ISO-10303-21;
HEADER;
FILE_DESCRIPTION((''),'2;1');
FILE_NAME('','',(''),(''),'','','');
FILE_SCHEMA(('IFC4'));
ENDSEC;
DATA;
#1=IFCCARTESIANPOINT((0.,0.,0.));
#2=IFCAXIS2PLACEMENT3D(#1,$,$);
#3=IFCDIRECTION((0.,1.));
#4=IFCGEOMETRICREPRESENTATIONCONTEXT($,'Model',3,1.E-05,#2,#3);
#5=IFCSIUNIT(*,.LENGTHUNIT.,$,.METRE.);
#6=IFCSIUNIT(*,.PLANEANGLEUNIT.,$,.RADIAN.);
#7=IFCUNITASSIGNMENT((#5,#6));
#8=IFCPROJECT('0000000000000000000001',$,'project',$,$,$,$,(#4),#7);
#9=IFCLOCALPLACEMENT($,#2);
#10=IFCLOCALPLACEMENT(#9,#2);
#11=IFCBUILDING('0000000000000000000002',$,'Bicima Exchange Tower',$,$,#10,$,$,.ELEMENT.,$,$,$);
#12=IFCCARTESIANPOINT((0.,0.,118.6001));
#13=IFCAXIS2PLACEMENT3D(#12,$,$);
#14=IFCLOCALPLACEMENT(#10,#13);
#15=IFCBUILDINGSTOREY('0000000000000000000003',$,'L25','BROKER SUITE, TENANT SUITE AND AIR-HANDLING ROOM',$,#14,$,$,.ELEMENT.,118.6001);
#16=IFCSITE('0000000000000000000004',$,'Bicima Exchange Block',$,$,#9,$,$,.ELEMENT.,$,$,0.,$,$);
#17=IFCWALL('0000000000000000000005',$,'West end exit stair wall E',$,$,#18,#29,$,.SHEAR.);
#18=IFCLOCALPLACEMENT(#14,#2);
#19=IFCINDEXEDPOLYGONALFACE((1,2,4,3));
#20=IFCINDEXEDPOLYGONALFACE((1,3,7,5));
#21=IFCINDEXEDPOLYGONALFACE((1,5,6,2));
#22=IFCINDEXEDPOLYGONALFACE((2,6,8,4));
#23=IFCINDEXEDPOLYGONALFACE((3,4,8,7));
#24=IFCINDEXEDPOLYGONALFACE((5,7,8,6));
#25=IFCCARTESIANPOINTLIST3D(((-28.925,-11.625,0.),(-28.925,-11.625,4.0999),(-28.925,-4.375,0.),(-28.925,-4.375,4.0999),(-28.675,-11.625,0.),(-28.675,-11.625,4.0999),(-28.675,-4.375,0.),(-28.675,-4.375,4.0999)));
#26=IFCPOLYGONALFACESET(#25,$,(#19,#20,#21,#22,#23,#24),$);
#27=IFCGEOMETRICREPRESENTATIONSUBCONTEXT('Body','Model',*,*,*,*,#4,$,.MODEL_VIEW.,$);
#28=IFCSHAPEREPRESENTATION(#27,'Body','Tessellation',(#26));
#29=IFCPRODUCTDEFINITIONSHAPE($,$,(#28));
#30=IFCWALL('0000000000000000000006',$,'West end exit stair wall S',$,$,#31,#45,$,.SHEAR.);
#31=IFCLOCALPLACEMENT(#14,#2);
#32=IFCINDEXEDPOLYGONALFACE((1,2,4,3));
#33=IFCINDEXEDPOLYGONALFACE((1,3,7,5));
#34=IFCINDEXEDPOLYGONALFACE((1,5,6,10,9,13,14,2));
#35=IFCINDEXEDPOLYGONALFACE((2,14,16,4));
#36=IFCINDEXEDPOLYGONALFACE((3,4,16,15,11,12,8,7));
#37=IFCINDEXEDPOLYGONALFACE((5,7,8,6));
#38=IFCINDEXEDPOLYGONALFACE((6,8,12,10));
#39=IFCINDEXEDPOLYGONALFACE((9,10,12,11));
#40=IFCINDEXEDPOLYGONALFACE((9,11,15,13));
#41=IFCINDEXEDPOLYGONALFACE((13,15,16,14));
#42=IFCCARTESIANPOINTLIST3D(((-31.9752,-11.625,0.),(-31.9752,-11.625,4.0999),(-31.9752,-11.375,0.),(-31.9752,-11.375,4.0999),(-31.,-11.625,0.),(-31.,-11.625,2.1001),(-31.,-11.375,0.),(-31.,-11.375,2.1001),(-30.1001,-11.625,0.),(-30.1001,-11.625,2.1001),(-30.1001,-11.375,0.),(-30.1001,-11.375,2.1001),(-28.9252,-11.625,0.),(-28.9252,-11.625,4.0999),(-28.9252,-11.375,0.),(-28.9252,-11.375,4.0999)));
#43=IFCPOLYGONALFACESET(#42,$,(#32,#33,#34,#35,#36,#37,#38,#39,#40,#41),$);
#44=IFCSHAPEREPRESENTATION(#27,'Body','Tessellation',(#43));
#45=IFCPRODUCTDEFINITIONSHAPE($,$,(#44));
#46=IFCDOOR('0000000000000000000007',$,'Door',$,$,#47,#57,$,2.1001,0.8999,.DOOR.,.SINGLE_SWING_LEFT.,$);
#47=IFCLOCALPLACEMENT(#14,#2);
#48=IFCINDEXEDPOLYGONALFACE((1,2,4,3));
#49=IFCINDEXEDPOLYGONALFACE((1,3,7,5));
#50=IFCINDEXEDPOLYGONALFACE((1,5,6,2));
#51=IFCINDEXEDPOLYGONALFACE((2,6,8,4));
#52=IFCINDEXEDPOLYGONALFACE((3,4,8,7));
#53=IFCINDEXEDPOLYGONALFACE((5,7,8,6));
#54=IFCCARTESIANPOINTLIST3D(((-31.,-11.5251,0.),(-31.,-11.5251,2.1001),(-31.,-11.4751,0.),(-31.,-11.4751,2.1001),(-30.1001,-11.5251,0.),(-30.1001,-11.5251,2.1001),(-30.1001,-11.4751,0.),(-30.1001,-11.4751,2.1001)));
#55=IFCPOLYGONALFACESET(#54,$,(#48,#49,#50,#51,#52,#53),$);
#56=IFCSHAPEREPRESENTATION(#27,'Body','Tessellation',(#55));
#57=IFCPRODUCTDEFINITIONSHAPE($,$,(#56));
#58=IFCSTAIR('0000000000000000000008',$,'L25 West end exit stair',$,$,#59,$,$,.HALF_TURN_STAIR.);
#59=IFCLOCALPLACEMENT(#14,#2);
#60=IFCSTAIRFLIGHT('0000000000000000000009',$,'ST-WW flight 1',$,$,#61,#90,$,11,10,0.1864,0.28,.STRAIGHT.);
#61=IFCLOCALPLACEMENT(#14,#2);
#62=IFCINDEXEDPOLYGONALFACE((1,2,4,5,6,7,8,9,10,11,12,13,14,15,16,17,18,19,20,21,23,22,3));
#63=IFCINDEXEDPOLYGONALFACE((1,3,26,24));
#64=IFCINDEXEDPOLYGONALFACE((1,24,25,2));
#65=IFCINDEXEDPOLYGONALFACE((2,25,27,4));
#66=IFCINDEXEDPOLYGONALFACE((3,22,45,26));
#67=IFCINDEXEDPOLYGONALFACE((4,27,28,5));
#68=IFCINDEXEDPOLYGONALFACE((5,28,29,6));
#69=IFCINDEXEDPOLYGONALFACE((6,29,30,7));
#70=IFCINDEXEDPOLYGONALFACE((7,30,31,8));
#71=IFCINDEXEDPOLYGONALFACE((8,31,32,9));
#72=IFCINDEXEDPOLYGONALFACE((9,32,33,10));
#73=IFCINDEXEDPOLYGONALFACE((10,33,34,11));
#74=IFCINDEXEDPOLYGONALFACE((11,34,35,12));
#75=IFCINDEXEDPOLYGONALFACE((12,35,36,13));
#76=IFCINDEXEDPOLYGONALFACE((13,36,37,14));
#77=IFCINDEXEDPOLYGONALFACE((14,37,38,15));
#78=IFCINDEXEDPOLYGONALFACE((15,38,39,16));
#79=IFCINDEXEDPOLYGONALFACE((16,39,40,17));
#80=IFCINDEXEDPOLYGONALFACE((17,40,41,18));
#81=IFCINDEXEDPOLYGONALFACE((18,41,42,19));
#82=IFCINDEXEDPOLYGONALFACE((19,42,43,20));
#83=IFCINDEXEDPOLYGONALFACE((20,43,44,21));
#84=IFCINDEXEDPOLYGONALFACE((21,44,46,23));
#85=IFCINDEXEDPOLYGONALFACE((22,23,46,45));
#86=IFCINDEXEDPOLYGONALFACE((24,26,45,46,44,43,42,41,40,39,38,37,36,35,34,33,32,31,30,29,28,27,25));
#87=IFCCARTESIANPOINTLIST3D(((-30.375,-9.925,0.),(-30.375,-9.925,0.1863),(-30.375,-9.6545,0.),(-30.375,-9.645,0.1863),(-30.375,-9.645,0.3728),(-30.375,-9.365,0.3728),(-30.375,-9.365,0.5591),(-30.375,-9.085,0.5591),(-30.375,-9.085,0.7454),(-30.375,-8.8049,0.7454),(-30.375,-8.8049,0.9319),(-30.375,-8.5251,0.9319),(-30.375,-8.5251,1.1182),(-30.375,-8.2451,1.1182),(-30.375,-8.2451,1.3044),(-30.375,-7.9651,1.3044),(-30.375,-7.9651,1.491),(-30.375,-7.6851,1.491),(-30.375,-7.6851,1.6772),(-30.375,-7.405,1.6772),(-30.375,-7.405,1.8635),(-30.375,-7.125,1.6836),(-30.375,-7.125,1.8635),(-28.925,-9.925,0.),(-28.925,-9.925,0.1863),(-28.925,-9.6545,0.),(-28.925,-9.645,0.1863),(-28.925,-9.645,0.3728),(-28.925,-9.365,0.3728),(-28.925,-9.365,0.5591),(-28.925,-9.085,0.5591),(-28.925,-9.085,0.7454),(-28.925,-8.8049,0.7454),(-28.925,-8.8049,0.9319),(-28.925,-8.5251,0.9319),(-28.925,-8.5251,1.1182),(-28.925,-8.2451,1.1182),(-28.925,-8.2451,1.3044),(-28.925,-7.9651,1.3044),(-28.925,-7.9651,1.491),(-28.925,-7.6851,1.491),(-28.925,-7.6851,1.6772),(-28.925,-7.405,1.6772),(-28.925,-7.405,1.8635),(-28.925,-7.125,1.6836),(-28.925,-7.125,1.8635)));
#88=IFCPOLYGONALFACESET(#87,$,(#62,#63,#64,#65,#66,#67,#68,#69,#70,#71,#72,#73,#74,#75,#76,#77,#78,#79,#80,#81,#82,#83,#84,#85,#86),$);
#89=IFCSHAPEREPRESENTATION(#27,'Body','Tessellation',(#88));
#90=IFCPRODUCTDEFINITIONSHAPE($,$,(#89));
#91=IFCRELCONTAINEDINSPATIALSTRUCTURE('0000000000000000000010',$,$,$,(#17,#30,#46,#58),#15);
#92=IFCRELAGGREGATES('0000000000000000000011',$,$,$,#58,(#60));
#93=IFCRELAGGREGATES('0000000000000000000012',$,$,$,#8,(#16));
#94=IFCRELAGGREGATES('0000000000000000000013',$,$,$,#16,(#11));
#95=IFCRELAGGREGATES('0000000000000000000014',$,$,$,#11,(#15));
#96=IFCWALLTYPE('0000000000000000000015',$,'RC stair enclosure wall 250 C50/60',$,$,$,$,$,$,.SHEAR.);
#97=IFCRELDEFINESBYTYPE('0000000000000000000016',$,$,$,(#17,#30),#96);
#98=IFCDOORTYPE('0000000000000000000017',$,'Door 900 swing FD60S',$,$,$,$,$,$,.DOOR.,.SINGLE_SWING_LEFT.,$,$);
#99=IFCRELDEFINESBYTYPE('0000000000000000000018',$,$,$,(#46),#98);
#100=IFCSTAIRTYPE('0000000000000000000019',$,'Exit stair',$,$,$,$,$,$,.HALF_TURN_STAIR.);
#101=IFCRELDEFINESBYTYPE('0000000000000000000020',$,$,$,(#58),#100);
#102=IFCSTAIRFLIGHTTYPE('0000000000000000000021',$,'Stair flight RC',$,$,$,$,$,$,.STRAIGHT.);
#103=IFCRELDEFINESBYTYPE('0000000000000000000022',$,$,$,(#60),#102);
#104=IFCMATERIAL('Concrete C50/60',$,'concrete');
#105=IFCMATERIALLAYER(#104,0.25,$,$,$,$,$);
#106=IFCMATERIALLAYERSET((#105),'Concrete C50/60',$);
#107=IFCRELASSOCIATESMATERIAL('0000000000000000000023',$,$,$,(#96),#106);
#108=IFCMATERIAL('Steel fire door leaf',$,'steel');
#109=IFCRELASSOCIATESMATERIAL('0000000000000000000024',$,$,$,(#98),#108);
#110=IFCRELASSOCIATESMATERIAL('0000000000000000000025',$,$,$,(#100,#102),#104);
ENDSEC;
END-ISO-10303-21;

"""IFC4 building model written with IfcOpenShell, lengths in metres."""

from ifc_helpers import new_model, si_unit, direction, frame, frame_2d, origin, place, context, subcontext, project, spatial, polyline, rectangle, outline, extrude, material, layer, layer_set, type_object, element, fill, aggregate, save


model = new_model("IFC4")

# Units and contexts
model_context = context("Model", 3, precision=1e-05, world=origin(), true_north=direction((0.0, 1.0)))
body_context = subcontext(model_context, "Body", "Model", "MODEL_VIEW")
ifc_project = project(units=[si_unit("LENGTHUNIT", "METRE"), si_unit("PLANEANGLEUNIT", "RADIAN")], contexts=[model_context])

# Site, building, storey
site_placement = place(None, origin())
site = spatial("IfcSite", under=ifc_project, at=site_placement, Name="Bicima Exchange Block", CompositionType="ELEMENT", RefElevation=0.0)
building_placement = place(site_placement, origin())
building = spatial("IfcBuilding", under=site, at=building_placement, Name="Bicima Exchange Tower", CompositionType="ELEMENT")
storey_placement = place(building_placement, frame((0.0, 0.0, 118.6001)))
storey = spatial("IfcBuildingStorey", under=building, at=storey_placement, Name="L25", Description="BROKER SUITE, TENANT SUITE AND AIR-HANDLING ROOM", CompositionType="ELEMENT", Elevation=118.6001)

# Shared definitions
ifc_material_1 = material(Name="Steel fire door leaf", Category="steel")

# Wall
ifc_material_2 = material(Name="Concrete C50/60", Category="concrete")
ifc_layer_1 = layer(ifc_material_2, 0.25)
ifc_layer_set_1 = layer_set([ifc_layer_1], Name="Concrete C50/60")
wall_type_1 = type_object("IfcWallType", Name="RC stair enclosure wall 250 C50/60", PredefinedType="SHEAR", material=ifc_layer_set_1)
wall_1_placement = place(storey_placement, frame((-28.8, -11.625, 0.0), z_axis=(0.0, 0.0, 1.0), x_axis=(0.0, 1.0, 0.0)))
element("IfcWall", 1, at=wall_1_placement, inside=storey, type_object=wall_type_1, Name="West end exit stair wall E", PredefinedType="SHEAR", context=body_context, shape_type="SweptSolid", body=[
    extrude(rectangle(XDim=7.25, YDim=0.25, at=frame_2d((3.625, 0.0))), origin(), (0.0, 0.0, 1.0), 4.0999),
])

# Wall, opening, door
wall_2_placement = place(storey_placement, frame((-31.9751, -11.5, 0.0), z_axis=(0.0, 0.0, 1.0), x_axis=(1.0, 0.0, 0.0)))
wall_2 = element("IfcWall", 2, at=wall_2_placement, inside=storey, type_object=wall_type_1, Name="West end exit stair wall S", PredefinedType="SHEAR", context=body_context, shape_type="SweptSolid", body=[
    extrude(rectangle(XDim=3.05, YDim=0.25, at=frame_2d((1.5249, 0.0))), origin(), (0.0, 0.0, 1.0), 4.0999),
])
opening_1_placement = place(wall_2_placement, frame((0.9751, 0.0, 0.0)))
opening_1 = element("IfcOpeningElement", 3, at=opening_1_placement, cuts=wall_2, PredefinedType="OPENING", context=body_context, shape_type="SweptSolid", body=[
    extrude(rectangle(XDim=0.8999, YDim=2.1001, at=frame_2d((0.45, 1.05))), frame((0.0, 0.137, 0.0), z_axis=(0.0, -1.0, 0.0), x_axis=(1.0, 0.0, 0.0)), (0.0, 0.0, 1.0), 0.2739),
])
door_type_1 = type_object("IfcDoorType", Name="Door 900 swing FD60S", OperationType="SINGLE_SWING_LEFT", PredefinedType="DOOR", material=ifc_material_1)
door_1_placement = place(opening_1_placement, origin())
door_1 = element("IfcDoor", 4, at=door_1_placement, inside=storey, type_object=door_type_1, Name="Door", OperationType="SINGLE_SWING_LEFT", OverallHeight=2.1001, OverallWidth=0.8999, PredefinedType="DOOR", context=body_context, shape_type="SweptSolid", body=[
    extrude(rectangle(XDim=0.8999, YDim=2.1001, at=frame_2d((0.45, 1.05))), frame((0.0, 0.0249, 0.0), z_axis=(0.0, -1.0, 0.0), x_axis=(1.0, 0.0, 0.0)), (0.0, 0.0, 1.0), 0.05),
])
fill(opening_1, door_1)

# Stair, stair flight
stair_type = type_object("IfcStairType", Name="Exit stair", PredefinedType="HALF_TURN_STAIR", material=ifc_material_2)
stair_placement = place(storey_placement, origin())
stair = element("IfcStair", 5, at=stair_placement, inside=storey, type_object=stair_type, Name="L25 West end exit stair", PredefinedType="HALF_TURN_STAIR")
stair_flight_type = type_object("IfcStairFlightType", Name="Stair flight RC", PredefinedType="STRAIGHT", material=ifc_material_2)
stair_flight_placement = place(storey_placement, frame((-29.6499, -9.925, 0.0), z_axis=(0.0, 0.0, 1.0), x_axis=(0.0, 1.0, 0.0)))
stair_flight = element("IfcStairFlight", 6, at=stair_flight_placement, type_object=stair_flight_type, Name="ST-WW flight 1", NumberOfRisers=11, NumberOfTreads=10, PredefinedType="STRAIGHT", RiserHeight=0.1864, TreadLength=0.28, context=body_context, shape_type="SweptSolid", body=[
    extrude(outline(polyline([(0.0, 0.0), (0.0, 0.1863), (0.28, 0.1863), (0.28, 0.3728), (0.5601, 0.3728), (0.5601, 0.5591), (0.8401, 0.5591), (0.8401, 0.7454), (1.1201, 0.7454), (1.1201, 0.9319), (1.3999, 0.9319), (1.3999, 1.1182), (1.6799, 1.1182), (1.6799, 1.3044), (1.96, 1.3044), (1.96, 1.491), (2.24, 1.491), (2.24, 1.6772), (2.52, 1.6772), (2.52, 1.8635), (2.8, 1.8635), (2.8, 2.05), (2.8, 1.6836), (0.2705, 0.0), (0.0, 0.0)])), frame((0.0, 0.7251, 0.0), z_axis=(0.0, -1.0, 0.0), x_axis=(1.0, 0.0, 0.0)), (0.0, 0.0, 1.0), 1.45),
])
aggregate(stair, [stair_flight])

save(model, "model.ifc")
